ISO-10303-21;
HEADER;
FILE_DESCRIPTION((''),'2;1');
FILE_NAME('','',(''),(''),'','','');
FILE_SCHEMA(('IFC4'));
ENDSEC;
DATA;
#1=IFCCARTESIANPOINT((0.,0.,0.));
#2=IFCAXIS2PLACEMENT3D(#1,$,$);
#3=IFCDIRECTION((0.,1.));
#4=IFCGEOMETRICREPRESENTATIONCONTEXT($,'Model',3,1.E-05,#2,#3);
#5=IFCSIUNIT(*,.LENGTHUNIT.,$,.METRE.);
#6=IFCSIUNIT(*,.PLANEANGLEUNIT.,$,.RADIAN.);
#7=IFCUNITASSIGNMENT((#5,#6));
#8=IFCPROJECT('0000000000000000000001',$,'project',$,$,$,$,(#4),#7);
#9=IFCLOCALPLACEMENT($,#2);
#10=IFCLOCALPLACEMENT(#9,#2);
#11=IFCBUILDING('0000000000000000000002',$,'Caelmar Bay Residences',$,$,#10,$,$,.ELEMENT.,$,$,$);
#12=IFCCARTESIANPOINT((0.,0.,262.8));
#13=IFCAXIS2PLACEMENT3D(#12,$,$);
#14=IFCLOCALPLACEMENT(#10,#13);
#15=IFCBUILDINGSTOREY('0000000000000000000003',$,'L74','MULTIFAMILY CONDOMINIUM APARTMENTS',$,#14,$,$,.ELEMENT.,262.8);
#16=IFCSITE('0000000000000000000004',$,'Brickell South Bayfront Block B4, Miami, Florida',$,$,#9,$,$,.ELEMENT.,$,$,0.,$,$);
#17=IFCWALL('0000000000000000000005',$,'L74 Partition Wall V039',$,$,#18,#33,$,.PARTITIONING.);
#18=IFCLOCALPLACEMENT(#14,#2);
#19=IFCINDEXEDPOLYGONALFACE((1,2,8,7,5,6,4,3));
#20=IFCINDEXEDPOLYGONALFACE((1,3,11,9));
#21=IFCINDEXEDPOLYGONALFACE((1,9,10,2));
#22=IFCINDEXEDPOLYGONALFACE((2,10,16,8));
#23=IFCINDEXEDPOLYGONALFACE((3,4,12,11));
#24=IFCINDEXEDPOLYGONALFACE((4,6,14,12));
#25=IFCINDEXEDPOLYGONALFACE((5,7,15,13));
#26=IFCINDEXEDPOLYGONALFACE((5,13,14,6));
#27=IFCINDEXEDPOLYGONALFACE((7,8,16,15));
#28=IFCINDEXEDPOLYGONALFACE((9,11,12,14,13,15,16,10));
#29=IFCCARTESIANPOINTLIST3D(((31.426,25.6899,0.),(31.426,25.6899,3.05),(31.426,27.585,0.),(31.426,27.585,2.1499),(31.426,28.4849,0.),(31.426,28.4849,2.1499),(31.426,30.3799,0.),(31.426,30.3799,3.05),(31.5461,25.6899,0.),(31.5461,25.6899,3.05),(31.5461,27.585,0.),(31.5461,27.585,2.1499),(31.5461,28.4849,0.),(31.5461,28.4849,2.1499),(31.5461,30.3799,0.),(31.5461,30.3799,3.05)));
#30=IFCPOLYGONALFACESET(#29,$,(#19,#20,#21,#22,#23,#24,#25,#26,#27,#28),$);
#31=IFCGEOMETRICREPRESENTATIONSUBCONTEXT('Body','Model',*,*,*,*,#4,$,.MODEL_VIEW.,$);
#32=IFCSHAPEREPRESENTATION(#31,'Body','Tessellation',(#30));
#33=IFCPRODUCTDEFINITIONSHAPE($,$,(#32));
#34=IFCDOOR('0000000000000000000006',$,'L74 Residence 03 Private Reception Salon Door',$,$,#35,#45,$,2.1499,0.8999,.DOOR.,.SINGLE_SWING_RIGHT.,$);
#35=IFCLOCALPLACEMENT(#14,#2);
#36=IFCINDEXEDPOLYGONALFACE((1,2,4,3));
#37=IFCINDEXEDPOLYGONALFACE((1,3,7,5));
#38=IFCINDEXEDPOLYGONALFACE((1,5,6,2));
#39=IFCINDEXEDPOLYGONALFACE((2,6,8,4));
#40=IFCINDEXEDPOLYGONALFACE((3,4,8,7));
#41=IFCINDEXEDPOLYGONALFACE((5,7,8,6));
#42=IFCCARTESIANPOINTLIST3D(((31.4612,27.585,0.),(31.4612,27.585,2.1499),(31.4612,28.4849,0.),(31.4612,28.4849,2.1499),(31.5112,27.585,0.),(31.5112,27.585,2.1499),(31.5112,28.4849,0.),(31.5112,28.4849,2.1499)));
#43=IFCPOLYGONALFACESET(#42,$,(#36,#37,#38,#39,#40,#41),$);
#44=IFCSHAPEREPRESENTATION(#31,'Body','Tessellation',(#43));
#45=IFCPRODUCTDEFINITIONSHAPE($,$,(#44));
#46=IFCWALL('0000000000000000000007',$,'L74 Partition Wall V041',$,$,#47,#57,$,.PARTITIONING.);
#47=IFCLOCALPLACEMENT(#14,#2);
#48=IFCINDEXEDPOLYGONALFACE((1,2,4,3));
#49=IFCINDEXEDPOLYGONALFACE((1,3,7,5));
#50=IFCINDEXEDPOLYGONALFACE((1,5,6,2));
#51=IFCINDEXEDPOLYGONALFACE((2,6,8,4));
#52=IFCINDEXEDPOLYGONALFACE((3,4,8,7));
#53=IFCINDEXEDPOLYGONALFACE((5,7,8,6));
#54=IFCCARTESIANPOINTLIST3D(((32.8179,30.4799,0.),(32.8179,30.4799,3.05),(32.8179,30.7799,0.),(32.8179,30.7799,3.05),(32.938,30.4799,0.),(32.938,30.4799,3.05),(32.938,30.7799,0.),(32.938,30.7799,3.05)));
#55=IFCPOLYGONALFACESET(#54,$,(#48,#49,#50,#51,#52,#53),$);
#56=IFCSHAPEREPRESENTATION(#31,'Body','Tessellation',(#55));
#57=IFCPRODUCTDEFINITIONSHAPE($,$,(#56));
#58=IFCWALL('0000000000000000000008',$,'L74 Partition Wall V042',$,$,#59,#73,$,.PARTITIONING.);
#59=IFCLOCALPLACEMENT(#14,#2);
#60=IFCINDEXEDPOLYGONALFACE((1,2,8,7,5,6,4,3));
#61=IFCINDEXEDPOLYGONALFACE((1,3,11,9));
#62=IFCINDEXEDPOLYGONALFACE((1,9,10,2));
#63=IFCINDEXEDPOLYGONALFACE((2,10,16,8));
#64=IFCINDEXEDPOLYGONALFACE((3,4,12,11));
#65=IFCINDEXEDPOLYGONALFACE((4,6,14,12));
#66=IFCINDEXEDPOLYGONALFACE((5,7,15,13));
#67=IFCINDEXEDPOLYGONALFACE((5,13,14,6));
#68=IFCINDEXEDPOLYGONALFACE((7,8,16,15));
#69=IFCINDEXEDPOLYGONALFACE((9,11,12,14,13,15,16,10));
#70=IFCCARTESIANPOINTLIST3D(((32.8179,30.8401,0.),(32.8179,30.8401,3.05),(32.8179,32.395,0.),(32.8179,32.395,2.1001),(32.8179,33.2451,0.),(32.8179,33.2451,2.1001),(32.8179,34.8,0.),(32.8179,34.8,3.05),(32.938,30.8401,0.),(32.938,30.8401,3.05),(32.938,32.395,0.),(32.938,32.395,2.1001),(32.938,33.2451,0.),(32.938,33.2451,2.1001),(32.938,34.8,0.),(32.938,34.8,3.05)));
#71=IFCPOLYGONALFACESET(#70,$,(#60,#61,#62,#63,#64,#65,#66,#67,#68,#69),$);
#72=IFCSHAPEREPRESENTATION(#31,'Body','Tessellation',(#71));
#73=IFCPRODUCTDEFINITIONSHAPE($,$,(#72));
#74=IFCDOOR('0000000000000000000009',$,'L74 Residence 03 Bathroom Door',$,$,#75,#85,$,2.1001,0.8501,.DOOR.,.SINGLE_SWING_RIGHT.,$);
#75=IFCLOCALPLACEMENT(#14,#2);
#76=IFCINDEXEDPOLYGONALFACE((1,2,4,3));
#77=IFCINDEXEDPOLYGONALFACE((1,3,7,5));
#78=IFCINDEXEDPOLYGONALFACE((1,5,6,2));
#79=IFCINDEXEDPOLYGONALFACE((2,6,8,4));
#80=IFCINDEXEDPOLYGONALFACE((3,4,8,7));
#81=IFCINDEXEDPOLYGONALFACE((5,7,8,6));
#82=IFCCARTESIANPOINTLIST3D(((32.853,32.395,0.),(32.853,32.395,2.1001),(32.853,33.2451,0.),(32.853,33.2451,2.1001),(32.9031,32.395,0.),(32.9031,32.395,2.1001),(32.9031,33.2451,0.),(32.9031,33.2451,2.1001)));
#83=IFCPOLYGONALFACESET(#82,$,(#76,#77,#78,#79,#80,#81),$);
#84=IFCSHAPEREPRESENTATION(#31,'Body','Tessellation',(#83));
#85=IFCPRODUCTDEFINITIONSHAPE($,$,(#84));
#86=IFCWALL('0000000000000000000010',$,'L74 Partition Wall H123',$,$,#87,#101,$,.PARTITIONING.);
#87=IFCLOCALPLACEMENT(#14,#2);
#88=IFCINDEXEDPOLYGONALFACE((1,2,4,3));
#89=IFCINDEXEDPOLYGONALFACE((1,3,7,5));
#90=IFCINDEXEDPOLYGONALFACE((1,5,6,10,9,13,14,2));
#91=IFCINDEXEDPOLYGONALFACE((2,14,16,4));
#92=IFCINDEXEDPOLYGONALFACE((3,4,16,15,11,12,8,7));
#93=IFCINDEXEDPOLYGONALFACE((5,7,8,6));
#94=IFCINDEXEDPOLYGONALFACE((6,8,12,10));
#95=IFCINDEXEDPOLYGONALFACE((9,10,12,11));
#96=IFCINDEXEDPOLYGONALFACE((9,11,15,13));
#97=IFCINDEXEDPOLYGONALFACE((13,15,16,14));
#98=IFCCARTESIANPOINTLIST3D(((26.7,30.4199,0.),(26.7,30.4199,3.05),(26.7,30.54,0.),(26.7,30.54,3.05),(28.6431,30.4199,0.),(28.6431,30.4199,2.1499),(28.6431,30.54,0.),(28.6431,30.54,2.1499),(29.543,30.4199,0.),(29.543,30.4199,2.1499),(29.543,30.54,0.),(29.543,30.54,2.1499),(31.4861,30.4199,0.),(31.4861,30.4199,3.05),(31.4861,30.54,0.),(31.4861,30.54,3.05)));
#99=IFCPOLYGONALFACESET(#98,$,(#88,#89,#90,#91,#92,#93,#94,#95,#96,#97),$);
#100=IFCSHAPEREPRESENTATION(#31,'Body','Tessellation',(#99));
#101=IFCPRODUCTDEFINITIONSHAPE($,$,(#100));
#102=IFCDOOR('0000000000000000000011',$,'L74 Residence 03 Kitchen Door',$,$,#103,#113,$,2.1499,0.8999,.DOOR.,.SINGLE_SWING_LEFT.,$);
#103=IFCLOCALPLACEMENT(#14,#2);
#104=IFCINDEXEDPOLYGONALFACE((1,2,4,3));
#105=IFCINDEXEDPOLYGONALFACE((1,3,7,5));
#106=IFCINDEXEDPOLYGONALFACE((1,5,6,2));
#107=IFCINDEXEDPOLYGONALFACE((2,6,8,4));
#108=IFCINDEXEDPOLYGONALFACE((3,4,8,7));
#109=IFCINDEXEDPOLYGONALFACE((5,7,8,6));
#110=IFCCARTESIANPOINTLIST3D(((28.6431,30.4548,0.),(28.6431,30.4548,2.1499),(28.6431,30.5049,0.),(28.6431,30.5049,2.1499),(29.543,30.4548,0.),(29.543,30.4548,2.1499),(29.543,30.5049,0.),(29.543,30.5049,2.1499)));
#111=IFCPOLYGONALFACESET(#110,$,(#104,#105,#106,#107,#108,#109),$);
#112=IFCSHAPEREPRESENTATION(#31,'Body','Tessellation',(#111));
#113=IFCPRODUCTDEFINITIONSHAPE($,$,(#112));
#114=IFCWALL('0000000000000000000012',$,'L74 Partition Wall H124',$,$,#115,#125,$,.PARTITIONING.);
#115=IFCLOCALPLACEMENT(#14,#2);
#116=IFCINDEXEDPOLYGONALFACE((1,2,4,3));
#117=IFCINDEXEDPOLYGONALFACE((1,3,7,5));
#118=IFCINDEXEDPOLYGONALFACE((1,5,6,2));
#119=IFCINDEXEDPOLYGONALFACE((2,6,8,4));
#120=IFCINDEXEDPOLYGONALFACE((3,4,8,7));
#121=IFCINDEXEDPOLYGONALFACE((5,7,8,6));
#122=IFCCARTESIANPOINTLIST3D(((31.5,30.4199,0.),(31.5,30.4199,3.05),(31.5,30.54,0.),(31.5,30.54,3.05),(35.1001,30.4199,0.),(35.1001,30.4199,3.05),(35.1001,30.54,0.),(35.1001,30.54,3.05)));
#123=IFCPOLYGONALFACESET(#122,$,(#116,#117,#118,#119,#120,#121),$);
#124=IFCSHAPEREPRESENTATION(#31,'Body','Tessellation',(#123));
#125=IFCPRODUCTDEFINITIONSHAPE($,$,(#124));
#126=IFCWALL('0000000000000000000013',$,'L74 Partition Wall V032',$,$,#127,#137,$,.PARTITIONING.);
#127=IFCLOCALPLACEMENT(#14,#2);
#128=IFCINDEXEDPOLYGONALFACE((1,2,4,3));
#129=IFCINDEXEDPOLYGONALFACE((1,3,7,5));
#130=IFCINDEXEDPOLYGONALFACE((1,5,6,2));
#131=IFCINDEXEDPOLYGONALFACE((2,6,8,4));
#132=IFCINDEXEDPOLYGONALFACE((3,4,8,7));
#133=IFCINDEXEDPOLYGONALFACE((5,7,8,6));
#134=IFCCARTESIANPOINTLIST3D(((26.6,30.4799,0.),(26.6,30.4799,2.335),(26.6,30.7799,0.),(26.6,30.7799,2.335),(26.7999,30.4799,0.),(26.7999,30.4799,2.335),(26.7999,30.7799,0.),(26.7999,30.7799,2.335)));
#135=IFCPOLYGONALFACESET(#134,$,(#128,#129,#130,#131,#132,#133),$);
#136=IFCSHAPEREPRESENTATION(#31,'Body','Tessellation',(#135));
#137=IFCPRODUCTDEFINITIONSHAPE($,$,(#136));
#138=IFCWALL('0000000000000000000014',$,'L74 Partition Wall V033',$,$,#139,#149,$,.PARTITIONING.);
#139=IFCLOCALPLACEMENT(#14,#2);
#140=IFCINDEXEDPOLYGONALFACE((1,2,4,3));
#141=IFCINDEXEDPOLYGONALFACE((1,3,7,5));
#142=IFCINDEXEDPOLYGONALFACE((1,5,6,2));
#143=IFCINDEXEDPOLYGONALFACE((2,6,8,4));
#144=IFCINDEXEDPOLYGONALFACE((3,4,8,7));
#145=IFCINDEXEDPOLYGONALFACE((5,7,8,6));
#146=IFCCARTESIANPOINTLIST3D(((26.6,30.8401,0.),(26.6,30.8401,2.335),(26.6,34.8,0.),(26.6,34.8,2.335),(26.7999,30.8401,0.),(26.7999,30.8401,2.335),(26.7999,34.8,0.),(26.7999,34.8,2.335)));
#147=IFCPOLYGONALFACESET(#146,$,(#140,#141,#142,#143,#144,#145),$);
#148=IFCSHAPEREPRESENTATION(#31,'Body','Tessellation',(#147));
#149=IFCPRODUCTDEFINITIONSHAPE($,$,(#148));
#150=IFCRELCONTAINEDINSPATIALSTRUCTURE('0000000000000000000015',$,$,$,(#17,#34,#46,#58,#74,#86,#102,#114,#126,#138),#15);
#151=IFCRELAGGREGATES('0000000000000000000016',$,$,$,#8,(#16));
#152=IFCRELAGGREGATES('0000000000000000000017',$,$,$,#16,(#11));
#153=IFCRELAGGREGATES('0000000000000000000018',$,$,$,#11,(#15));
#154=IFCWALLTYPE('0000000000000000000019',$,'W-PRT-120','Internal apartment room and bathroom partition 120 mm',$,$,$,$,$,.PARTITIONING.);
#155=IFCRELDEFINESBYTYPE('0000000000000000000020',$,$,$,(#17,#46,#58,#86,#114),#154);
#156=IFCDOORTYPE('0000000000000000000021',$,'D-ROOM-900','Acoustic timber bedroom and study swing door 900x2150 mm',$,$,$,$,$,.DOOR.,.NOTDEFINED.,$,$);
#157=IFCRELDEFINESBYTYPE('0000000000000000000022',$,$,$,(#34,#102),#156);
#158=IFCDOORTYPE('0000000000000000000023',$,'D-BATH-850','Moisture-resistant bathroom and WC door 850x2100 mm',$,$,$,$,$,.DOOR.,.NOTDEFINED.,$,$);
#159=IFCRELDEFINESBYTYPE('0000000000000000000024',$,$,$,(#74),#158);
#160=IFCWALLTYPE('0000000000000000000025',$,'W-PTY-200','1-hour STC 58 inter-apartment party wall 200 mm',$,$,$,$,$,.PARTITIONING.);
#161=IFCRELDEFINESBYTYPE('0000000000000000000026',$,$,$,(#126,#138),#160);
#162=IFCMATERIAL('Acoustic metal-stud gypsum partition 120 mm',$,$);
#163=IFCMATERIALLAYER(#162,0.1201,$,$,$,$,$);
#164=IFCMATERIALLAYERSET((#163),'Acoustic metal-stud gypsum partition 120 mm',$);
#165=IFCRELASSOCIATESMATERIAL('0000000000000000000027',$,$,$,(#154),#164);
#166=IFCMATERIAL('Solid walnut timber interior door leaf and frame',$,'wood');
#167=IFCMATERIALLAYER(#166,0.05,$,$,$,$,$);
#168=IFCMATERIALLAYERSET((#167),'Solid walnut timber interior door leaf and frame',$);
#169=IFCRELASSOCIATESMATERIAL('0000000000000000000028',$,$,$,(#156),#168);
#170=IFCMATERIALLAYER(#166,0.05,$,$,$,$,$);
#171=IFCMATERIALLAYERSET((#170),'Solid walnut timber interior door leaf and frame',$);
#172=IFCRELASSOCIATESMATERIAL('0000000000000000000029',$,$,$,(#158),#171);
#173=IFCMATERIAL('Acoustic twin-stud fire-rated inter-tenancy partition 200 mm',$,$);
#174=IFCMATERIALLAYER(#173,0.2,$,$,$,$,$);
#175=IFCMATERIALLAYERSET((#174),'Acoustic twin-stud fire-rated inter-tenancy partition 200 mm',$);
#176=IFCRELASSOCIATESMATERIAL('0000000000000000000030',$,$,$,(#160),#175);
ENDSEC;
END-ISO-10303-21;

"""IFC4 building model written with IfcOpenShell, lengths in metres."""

from ifc_helpers import new_model, si_unit, direction, frame, frame_2d, origin, place, context, subcontext, project, spatial, rectangle, extrude, material, layer, layer_set, type_object, element, fill, save


model = new_model("IFC4")

# Units and contexts
model_context = context("Model", 3, precision=1e-05, world=origin(), true_north=direction((0.0, 1.0)))
body_context = subcontext(model_context, "Body", "Model", "MODEL_VIEW")
ifc_project = project(units=[si_unit("LENGTHUNIT", "METRE"), si_unit("PLANEANGLEUNIT", "RADIAN")], contexts=[model_context])

# Site, building, storey
site_placement = place(None, origin())
site = spatial("IfcSite", under=ifc_project, at=site_placement, Name="Brickell South Bayfront Block B4, Miami, Florida", CompositionType="ELEMENT", RefElevation=0.0)
building_placement = place(site_placement, origin())
building = spatial("IfcBuilding", under=site, at=building_placement, Name="Caelmar Bay Residences", CompositionType="ELEMENT")
storey_placement = place(building_placement, frame((0.0, 0.0, 262.8)))
storey = spatial("IfcBuildingStorey", under=building, at=storey_placement, Name="L74", Description="MULTIFAMILY CONDOMINIUM APARTMENTS", CompositionType="ELEMENT", Elevation=262.8)

# Shared definitions
ifc_material_1 = material(Name="Acoustic metal-stud gypsum partition 120 mm")
ifc_layer_1 = layer(ifc_material_1, 0.1201)
ifc_layer_set_1 = layer_set([ifc_layer_1], Name="Acoustic metal-stud gypsum partition 120 mm")
wall_type_1 = type_object("IfcWallType", Name="W-PRT-120", Description="Internal apartment room and bathroom partition 120 mm", PredefinedType="PARTITIONING", material=ifc_layer_set_1)

# Wall, opening, door
wall_1_placement = place(storey_placement, frame((31.4861, 25.6899, 0.0), z_axis=(0.0, 0.0, 1.0), x_axis=(0.0, 1.0, 0.0)))
wall_1 = element("IfcWall", 1, at=wall_1_placement, inside=storey, type_object=wall_type_1, Name="L74 Partition Wall V039", PredefinedType="PARTITIONING", context=body_context, shape_type="SweptSolid", body=[
    extrude(rectangle(XDim=4.6899, YDim=0.1201, at=frame_2d((2.345, 0.0))), origin(), (0.0, 0.0, 1.0), 3.05),
])
opening_1_placement = place(wall_1_placement, frame((1.895, 0.0, 0.0)))
opening_1 = element("IfcOpeningElement", 2, at=opening_1_placement, cuts=wall_1, PredefinedType="OPENING", context=body_context, shape_type="SweptSolid", body=[
    extrude(rectangle(XDim=0.8999, YDim=2.1499, at=frame_2d((0.45, 1.075))), frame((0.0, 0.0701, 0.0), z_axis=(0.0, -1.0, 0.0), x_axis=(1.0, 0.0, 0.0)), (0.0, 0.0, 1.0), 0.1401),
])
ifc_material_2 = material(Name="Solid walnut timber interior door leaf and frame", Category="wood")
ifc_layer_2 = layer(ifc_material_2, 0.05)
ifc_layer_set_2 = layer_set([ifc_layer_2], Name="Solid walnut timber interior door leaf and frame")
door_type_1 = type_object("IfcDoorType", Name="D-ROOM-900", Description="Acoustic timber bedroom and study swing door 900x2150 mm", OperationType="NOTDEFINED", PredefinedType="DOOR", material=ifc_layer_set_2)
door_1_placement = place(opening_1_placement, origin())
door_1 = element("IfcDoor", 3, at=door_1_placement, inside=storey, type_object=door_type_1, Name="L74 Residence 03 Private Reception Salon Door", OperationType="SINGLE_SWING_RIGHT", OverallHeight=2.1499, OverallWidth=0.8999, PredefinedType="DOOR", context=body_context, shape_type="SweptSolid", body=[
    extrude(rectangle(XDim=0.8999, YDim=2.1499, at=frame_2d((0.45, 1.075))), frame((0.0, 0.0249, 0.0), z_axis=(0.0, -1.0, 0.0), x_axis=(1.0, 0.0, 0.0)), (0.0, 0.0, 1.0), 0.05),
])
fill(opening_1, door_1)

# Wall
wall_2_placement = place(storey_placement, frame((32.8779, 30.48, 0.0), z_axis=(0.0, 0.0, 1.0), x_axis=(0.0, 1.0, 0.0)))
element("IfcWall", 4, at=wall_2_placement, inside=storey, type_object=wall_type_1, Name="L74 Partition Wall V041", PredefinedType="PARTITIONING", context=body_context, shape_type="SweptSolid", body=[
    extrude(rectangle(XDim=0.3, YDim=0.1201, at=frame_2d((0.1499, 0.0))), origin(), (0.0, 0.0, 1.0), 3.05),
])

# Walls, openings, doors
wall_3_placement = place(storey_placement, frame((32.8779, 30.8401, 0.0), z_axis=(0.0, 0.0, 1.0), x_axis=(0.0, 1.0, 0.0)))
wall_3 = element("IfcWall", 5, at=wall_3_placement, inside=storey, type_object=wall_type_1, Name="L74 Partition Wall V042", PredefinedType="PARTITIONING", context=body_context, shape_type="SweptSolid", body=[
    extrude(rectangle(XDim=3.96, YDim=0.1201, at=frame_2d((1.98, 0.0))), origin(), (0.0, 0.0, 1.0), 3.05),
])
opening_2_placement = place(wall_3_placement, frame((1.5549, 0.0, 0.0)))
opening_2 = element("IfcOpeningElement", 6, at=opening_2_placement, cuts=wall_3, PredefinedType="OPENING", context=body_context, shape_type="SweptSolid", body=[
    extrude(rectangle(XDim=0.8501, YDim=2.1001, at=frame_2d((0.425, 1.05))), frame((0.0, 0.0701, 0.0), z_axis=(0.0, -1.0, 0.0), x_axis=(1.0, 0.0, 0.0)), (0.0, 0.0, 1.0), 0.1401),
])
ifc_layer_3 = layer(ifc_material_2, 0.05)
ifc_layer_set_3 = layer_set([ifc_layer_3], Name="Solid walnut timber interior door leaf and frame")
door_type_2 = type_object("IfcDoorType", Name="D-BATH-850", Description="Moisture-resistant bathroom and WC door 850x2100 mm", OperationType="NOTDEFINED", PredefinedType="DOOR", material=ifc_layer_set_3)
door_2_placement = place(opening_2_placement, origin())
door_2 = element("IfcDoor", 7, at=door_2_placement, inside=storey, type_object=door_type_2, Name="L74 Residence 03 Bathroom Door", OperationType="SINGLE_SWING_RIGHT", OverallHeight=2.1001, OverallWidth=0.8501, PredefinedType="DOOR", context=body_context, shape_type="SweptSolid", body=[
    extrude(rectangle(XDim=0.8501, YDim=2.1001, at=frame_2d((0.425, 1.05))), frame((0.0, 0.0249, 0.0), z_axis=(0.0, -1.0, 0.0), x_axis=(1.0, 0.0, 0.0)), (0.0, 0.0, 1.0), 0.05),
])
fill(opening_2, door_2)
wall_4_placement = place(storey_placement, frame((26.7, 30.48, 0.0), z_axis=(0.0, 0.0, 1.0), x_axis=(1.0, 0.0, 0.0)))
wall_4 = element("IfcWall", 8, at=wall_4_placement, inside=storey, type_object=wall_type_1, Name="L74 Partition Wall H123", PredefinedType="PARTITIONING", context=body_context, shape_type="SweptSolid", body=[
    extrude(rectangle(XDim=4.7861, YDim=0.1201, at=frame_2d((2.3931, 0.0))), origin(), (0.0, 0.0, 1.0), 3.05),
])
opening_3_placement = place(wall_4_placement, frame((1.9431, 0.0, 0.0)))
opening_3 = element("IfcOpeningElement", 9, at=opening_3_placement, cuts=wall_4, PredefinedType="OPENING", context=body_context, shape_type="SweptSolid", body=[
    extrude(rectangle(XDim=0.8999, YDim=2.1499, at=frame_2d((0.45, 1.075))), frame((0.0, 0.0701, 0.0), z_axis=(0.0, -1.0, 0.0), x_axis=(1.0, 0.0, 0.0)), (0.0, 0.0, 1.0), 0.1401),
])
door_3_placement = place(opening_3_placement, origin())
door_3 = element("IfcDoor", 10, at=door_3_placement, inside=storey, type_object=door_type_1, Name="L74 Residence 03 Kitchen Door", OperationType="SINGLE_SWING_LEFT", OverallHeight=2.1499, OverallWidth=0.8999, PredefinedType="DOOR", context=body_context, shape_type="SweptSolid", body=[
    extrude(rectangle(XDim=0.8999, YDim=2.1499, at=frame_2d((0.45, 1.075))), frame((0.0, 0.0249, 0.0), z_axis=(0.0, -1.0, 0.0), x_axis=(1.0, 0.0, 0.0)), (0.0, 0.0, 1.0), 0.05),
])
fill(opening_3, door_3)

# Walls
wall_5_placement = place(storey_placement, frame((31.5, 30.48, 0.0), z_axis=(0.0, 0.0, 1.0), x_axis=(1.0, 0.0, 0.0)))
element("IfcWall", 11, at=wall_5_placement, inside=storey, type_object=wall_type_1, Name="L74 Partition Wall H124", PredefinedType="PARTITIONING", context=body_context, shape_type="SweptSolid", body=[
    extrude(rectangle(XDim=3.6001, YDim=0.1201, at=frame_2d((1.8, 0.0))), origin(), (0.0, 0.0, 1.0), 3.05),
])
ifc_material_3 = material(Name="Acoustic twin-stud fire-rated inter-tenancy partition 200 mm")
ifc_layer_4 = layer(ifc_material_3, 0.2)
ifc_layer_set_4 = layer_set([ifc_layer_4], Name="Acoustic twin-stud fire-rated inter-tenancy partition 200 mm")
wall_type_2 = type_object("IfcWallType", Name="W-PTY-200", Description="1-hour STC 58 inter-apartment party wall 200 mm", PredefinedType="PARTITIONING", material=ifc_layer_set_4)
wall_6_placement = place(storey_placement, frame((26.7, 30.48, 0.0), z_axis=(0.0, 0.0, 1.0), x_axis=(0.0, 1.0, 0.0)))
element("IfcWall", 12, at=wall_6_placement, inside=storey, type_object=wall_type_2, Name="L74 Partition Wall V032", PredefinedType="PARTITIONING", context=body_context, shape_type="SweptSolid", body=[
    extrude(rectangle(XDim=0.3, YDim=0.2, at=frame_2d((0.1499, 0.0))), origin(), (0.0, 0.0, 1.0), 2.335),
])
wall_7_placement = place(storey_placement, frame((26.7, 30.8401, 0.0), z_axis=(0.0, 0.0, 1.0), x_axis=(0.0, 1.0, 0.0)))
element("IfcWall", 13, at=wall_7_placement, inside=storey, type_object=wall_type_2, Name="L74 Partition Wall V033", PredefinedType="PARTITIONING", context=body_context, shape_type="SweptSolid", body=[
    extrude(rectangle(XDim=3.96, YDim=0.2, at=frame_2d((1.98, 0.0))), origin(), (0.0, 0.0, 1.0), 2.335),
])

save(model, "model.ifc")
